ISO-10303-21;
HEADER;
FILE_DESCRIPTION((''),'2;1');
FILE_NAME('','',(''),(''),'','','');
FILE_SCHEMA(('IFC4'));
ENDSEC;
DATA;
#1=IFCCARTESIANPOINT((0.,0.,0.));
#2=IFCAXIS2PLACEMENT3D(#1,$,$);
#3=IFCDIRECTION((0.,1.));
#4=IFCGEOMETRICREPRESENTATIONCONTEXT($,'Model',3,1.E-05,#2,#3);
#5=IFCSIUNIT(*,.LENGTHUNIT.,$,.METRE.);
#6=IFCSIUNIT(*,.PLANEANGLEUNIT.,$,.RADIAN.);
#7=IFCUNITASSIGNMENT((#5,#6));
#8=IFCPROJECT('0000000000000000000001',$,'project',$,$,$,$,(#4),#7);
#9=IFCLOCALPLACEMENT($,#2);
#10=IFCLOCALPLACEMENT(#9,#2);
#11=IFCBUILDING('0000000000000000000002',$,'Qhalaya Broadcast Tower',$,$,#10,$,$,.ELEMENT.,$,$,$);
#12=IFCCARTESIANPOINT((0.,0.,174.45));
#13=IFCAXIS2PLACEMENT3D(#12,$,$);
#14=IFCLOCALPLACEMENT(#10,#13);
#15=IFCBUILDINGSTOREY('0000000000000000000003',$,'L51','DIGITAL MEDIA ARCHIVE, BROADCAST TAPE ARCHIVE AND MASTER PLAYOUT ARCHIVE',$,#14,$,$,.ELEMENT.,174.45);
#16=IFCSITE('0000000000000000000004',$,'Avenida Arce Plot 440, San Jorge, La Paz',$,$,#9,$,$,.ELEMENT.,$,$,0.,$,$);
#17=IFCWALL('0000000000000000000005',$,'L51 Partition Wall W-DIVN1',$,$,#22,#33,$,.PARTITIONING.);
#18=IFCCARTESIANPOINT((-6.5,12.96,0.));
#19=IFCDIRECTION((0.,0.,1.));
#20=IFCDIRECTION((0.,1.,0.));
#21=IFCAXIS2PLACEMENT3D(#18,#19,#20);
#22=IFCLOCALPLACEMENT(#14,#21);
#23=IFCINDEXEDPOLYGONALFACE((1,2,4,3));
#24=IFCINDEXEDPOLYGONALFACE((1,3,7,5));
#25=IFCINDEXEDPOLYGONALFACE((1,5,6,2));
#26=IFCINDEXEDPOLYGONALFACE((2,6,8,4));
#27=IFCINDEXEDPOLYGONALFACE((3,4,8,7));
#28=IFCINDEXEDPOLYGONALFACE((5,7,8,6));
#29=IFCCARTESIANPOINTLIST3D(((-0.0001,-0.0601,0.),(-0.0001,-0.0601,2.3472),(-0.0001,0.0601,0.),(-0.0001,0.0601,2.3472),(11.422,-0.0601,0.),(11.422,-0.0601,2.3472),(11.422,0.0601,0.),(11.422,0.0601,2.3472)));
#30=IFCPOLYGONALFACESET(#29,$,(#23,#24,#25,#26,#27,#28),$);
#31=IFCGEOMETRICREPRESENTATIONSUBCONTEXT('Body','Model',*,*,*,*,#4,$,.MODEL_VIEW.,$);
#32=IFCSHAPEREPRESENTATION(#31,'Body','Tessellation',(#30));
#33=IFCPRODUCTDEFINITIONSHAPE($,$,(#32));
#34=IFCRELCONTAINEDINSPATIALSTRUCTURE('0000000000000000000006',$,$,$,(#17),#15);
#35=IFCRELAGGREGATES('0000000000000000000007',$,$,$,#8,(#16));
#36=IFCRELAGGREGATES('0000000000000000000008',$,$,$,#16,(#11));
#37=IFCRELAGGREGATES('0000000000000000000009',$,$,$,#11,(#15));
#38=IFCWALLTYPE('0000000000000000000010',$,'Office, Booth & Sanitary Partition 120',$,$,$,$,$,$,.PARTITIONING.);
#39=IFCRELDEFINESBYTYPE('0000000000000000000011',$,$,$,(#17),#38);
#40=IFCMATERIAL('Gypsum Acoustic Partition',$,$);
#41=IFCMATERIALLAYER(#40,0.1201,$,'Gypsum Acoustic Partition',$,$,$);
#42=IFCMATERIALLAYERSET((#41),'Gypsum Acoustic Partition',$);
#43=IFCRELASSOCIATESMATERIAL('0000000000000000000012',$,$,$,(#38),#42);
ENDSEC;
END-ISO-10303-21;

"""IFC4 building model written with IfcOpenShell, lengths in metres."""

from ifc_helpers import new_model, si_unit, direction, frame, frame_2d, origin, place, context, subcontext, project, spatial, rectangle, extrude, material, layer, layer_set, type_object, element, save


model = new_model("IFC4")

# Units and contexts
model_context = context("Model", 3, precision=1e-05, world=origin(), true_north=direction((0.0, 1.0)))
body_context = subcontext(model_context, "Body", "Model", "MODEL_VIEW")
ifc_project = project(units=[si_unit("LENGTHUNIT", "METRE"), si_unit("PLANEANGLEUNIT", "RADIAN")], contexts=[model_context])

# Site, building, storey
site_placement = place(None, origin())
site = spatial("IfcSite", under=ifc_project, at=site_placement, Name="Avenida Arce Plot 440, San Jorge, La Paz", CompositionType="ELEMENT", RefElevation=0.0)
building_placement = place(site_placement, origin())
building = spatial("IfcBuilding", under=site, at=building_placement, Name="Qhalaya Broadcast Tower", CompositionType="ELEMENT")
storey_placement = place(building_placement, frame((0.0, 0.0, 174.45)))
storey = spatial("IfcBuildingStorey", under=building, at=storey_placement, Name="L51", Description="DIGITAL MEDIA ARCHIVE, BROADCAST TAPE ARCHIVE AND MASTER PLAYOUT ARCHIVE", CompositionType="ELEMENT", Elevation=174.45)

# Shared definitions
ifc_material_1 = material(Name="Gypsum Acoustic Partition")

# Wall
ifc_layer_1 = layer(ifc_material_1, 0.1201, Name="Gypsum Acoustic Partition")
ifc_layer_set_1 = layer_set([ifc_layer_1], Name="Gypsum Acoustic Partition")
wall_type_1 = type_object("IfcWallType", Name="Office, Booth & Sanitary Partition 120", PredefinedType="PARTITIONING", material=ifc_layer_set_1)
wall_1_placement = place(storey_placement, frame((-6.5, 12.96, 0.0), z_axis=(0.0, 0.0, 1.0), x_axis=(0.0, 1.0, 0.0)))
element("IfcWall", 1, at=wall_1_placement, inside=storey, type_object=wall_type_1, Name="L51 Partition Wall W-DIVN1", PredefinedType="PARTITIONING", context=body_context, shape_type="SweptSolid", body=[
    extrude(rectangle(XDim=11.4221, YDim=0.1201, at=frame_2d((5.7109, 0.0))), origin(), (0.0, 0.0, 1.0), 2.3472),
])

save(model, "model.ifc")
